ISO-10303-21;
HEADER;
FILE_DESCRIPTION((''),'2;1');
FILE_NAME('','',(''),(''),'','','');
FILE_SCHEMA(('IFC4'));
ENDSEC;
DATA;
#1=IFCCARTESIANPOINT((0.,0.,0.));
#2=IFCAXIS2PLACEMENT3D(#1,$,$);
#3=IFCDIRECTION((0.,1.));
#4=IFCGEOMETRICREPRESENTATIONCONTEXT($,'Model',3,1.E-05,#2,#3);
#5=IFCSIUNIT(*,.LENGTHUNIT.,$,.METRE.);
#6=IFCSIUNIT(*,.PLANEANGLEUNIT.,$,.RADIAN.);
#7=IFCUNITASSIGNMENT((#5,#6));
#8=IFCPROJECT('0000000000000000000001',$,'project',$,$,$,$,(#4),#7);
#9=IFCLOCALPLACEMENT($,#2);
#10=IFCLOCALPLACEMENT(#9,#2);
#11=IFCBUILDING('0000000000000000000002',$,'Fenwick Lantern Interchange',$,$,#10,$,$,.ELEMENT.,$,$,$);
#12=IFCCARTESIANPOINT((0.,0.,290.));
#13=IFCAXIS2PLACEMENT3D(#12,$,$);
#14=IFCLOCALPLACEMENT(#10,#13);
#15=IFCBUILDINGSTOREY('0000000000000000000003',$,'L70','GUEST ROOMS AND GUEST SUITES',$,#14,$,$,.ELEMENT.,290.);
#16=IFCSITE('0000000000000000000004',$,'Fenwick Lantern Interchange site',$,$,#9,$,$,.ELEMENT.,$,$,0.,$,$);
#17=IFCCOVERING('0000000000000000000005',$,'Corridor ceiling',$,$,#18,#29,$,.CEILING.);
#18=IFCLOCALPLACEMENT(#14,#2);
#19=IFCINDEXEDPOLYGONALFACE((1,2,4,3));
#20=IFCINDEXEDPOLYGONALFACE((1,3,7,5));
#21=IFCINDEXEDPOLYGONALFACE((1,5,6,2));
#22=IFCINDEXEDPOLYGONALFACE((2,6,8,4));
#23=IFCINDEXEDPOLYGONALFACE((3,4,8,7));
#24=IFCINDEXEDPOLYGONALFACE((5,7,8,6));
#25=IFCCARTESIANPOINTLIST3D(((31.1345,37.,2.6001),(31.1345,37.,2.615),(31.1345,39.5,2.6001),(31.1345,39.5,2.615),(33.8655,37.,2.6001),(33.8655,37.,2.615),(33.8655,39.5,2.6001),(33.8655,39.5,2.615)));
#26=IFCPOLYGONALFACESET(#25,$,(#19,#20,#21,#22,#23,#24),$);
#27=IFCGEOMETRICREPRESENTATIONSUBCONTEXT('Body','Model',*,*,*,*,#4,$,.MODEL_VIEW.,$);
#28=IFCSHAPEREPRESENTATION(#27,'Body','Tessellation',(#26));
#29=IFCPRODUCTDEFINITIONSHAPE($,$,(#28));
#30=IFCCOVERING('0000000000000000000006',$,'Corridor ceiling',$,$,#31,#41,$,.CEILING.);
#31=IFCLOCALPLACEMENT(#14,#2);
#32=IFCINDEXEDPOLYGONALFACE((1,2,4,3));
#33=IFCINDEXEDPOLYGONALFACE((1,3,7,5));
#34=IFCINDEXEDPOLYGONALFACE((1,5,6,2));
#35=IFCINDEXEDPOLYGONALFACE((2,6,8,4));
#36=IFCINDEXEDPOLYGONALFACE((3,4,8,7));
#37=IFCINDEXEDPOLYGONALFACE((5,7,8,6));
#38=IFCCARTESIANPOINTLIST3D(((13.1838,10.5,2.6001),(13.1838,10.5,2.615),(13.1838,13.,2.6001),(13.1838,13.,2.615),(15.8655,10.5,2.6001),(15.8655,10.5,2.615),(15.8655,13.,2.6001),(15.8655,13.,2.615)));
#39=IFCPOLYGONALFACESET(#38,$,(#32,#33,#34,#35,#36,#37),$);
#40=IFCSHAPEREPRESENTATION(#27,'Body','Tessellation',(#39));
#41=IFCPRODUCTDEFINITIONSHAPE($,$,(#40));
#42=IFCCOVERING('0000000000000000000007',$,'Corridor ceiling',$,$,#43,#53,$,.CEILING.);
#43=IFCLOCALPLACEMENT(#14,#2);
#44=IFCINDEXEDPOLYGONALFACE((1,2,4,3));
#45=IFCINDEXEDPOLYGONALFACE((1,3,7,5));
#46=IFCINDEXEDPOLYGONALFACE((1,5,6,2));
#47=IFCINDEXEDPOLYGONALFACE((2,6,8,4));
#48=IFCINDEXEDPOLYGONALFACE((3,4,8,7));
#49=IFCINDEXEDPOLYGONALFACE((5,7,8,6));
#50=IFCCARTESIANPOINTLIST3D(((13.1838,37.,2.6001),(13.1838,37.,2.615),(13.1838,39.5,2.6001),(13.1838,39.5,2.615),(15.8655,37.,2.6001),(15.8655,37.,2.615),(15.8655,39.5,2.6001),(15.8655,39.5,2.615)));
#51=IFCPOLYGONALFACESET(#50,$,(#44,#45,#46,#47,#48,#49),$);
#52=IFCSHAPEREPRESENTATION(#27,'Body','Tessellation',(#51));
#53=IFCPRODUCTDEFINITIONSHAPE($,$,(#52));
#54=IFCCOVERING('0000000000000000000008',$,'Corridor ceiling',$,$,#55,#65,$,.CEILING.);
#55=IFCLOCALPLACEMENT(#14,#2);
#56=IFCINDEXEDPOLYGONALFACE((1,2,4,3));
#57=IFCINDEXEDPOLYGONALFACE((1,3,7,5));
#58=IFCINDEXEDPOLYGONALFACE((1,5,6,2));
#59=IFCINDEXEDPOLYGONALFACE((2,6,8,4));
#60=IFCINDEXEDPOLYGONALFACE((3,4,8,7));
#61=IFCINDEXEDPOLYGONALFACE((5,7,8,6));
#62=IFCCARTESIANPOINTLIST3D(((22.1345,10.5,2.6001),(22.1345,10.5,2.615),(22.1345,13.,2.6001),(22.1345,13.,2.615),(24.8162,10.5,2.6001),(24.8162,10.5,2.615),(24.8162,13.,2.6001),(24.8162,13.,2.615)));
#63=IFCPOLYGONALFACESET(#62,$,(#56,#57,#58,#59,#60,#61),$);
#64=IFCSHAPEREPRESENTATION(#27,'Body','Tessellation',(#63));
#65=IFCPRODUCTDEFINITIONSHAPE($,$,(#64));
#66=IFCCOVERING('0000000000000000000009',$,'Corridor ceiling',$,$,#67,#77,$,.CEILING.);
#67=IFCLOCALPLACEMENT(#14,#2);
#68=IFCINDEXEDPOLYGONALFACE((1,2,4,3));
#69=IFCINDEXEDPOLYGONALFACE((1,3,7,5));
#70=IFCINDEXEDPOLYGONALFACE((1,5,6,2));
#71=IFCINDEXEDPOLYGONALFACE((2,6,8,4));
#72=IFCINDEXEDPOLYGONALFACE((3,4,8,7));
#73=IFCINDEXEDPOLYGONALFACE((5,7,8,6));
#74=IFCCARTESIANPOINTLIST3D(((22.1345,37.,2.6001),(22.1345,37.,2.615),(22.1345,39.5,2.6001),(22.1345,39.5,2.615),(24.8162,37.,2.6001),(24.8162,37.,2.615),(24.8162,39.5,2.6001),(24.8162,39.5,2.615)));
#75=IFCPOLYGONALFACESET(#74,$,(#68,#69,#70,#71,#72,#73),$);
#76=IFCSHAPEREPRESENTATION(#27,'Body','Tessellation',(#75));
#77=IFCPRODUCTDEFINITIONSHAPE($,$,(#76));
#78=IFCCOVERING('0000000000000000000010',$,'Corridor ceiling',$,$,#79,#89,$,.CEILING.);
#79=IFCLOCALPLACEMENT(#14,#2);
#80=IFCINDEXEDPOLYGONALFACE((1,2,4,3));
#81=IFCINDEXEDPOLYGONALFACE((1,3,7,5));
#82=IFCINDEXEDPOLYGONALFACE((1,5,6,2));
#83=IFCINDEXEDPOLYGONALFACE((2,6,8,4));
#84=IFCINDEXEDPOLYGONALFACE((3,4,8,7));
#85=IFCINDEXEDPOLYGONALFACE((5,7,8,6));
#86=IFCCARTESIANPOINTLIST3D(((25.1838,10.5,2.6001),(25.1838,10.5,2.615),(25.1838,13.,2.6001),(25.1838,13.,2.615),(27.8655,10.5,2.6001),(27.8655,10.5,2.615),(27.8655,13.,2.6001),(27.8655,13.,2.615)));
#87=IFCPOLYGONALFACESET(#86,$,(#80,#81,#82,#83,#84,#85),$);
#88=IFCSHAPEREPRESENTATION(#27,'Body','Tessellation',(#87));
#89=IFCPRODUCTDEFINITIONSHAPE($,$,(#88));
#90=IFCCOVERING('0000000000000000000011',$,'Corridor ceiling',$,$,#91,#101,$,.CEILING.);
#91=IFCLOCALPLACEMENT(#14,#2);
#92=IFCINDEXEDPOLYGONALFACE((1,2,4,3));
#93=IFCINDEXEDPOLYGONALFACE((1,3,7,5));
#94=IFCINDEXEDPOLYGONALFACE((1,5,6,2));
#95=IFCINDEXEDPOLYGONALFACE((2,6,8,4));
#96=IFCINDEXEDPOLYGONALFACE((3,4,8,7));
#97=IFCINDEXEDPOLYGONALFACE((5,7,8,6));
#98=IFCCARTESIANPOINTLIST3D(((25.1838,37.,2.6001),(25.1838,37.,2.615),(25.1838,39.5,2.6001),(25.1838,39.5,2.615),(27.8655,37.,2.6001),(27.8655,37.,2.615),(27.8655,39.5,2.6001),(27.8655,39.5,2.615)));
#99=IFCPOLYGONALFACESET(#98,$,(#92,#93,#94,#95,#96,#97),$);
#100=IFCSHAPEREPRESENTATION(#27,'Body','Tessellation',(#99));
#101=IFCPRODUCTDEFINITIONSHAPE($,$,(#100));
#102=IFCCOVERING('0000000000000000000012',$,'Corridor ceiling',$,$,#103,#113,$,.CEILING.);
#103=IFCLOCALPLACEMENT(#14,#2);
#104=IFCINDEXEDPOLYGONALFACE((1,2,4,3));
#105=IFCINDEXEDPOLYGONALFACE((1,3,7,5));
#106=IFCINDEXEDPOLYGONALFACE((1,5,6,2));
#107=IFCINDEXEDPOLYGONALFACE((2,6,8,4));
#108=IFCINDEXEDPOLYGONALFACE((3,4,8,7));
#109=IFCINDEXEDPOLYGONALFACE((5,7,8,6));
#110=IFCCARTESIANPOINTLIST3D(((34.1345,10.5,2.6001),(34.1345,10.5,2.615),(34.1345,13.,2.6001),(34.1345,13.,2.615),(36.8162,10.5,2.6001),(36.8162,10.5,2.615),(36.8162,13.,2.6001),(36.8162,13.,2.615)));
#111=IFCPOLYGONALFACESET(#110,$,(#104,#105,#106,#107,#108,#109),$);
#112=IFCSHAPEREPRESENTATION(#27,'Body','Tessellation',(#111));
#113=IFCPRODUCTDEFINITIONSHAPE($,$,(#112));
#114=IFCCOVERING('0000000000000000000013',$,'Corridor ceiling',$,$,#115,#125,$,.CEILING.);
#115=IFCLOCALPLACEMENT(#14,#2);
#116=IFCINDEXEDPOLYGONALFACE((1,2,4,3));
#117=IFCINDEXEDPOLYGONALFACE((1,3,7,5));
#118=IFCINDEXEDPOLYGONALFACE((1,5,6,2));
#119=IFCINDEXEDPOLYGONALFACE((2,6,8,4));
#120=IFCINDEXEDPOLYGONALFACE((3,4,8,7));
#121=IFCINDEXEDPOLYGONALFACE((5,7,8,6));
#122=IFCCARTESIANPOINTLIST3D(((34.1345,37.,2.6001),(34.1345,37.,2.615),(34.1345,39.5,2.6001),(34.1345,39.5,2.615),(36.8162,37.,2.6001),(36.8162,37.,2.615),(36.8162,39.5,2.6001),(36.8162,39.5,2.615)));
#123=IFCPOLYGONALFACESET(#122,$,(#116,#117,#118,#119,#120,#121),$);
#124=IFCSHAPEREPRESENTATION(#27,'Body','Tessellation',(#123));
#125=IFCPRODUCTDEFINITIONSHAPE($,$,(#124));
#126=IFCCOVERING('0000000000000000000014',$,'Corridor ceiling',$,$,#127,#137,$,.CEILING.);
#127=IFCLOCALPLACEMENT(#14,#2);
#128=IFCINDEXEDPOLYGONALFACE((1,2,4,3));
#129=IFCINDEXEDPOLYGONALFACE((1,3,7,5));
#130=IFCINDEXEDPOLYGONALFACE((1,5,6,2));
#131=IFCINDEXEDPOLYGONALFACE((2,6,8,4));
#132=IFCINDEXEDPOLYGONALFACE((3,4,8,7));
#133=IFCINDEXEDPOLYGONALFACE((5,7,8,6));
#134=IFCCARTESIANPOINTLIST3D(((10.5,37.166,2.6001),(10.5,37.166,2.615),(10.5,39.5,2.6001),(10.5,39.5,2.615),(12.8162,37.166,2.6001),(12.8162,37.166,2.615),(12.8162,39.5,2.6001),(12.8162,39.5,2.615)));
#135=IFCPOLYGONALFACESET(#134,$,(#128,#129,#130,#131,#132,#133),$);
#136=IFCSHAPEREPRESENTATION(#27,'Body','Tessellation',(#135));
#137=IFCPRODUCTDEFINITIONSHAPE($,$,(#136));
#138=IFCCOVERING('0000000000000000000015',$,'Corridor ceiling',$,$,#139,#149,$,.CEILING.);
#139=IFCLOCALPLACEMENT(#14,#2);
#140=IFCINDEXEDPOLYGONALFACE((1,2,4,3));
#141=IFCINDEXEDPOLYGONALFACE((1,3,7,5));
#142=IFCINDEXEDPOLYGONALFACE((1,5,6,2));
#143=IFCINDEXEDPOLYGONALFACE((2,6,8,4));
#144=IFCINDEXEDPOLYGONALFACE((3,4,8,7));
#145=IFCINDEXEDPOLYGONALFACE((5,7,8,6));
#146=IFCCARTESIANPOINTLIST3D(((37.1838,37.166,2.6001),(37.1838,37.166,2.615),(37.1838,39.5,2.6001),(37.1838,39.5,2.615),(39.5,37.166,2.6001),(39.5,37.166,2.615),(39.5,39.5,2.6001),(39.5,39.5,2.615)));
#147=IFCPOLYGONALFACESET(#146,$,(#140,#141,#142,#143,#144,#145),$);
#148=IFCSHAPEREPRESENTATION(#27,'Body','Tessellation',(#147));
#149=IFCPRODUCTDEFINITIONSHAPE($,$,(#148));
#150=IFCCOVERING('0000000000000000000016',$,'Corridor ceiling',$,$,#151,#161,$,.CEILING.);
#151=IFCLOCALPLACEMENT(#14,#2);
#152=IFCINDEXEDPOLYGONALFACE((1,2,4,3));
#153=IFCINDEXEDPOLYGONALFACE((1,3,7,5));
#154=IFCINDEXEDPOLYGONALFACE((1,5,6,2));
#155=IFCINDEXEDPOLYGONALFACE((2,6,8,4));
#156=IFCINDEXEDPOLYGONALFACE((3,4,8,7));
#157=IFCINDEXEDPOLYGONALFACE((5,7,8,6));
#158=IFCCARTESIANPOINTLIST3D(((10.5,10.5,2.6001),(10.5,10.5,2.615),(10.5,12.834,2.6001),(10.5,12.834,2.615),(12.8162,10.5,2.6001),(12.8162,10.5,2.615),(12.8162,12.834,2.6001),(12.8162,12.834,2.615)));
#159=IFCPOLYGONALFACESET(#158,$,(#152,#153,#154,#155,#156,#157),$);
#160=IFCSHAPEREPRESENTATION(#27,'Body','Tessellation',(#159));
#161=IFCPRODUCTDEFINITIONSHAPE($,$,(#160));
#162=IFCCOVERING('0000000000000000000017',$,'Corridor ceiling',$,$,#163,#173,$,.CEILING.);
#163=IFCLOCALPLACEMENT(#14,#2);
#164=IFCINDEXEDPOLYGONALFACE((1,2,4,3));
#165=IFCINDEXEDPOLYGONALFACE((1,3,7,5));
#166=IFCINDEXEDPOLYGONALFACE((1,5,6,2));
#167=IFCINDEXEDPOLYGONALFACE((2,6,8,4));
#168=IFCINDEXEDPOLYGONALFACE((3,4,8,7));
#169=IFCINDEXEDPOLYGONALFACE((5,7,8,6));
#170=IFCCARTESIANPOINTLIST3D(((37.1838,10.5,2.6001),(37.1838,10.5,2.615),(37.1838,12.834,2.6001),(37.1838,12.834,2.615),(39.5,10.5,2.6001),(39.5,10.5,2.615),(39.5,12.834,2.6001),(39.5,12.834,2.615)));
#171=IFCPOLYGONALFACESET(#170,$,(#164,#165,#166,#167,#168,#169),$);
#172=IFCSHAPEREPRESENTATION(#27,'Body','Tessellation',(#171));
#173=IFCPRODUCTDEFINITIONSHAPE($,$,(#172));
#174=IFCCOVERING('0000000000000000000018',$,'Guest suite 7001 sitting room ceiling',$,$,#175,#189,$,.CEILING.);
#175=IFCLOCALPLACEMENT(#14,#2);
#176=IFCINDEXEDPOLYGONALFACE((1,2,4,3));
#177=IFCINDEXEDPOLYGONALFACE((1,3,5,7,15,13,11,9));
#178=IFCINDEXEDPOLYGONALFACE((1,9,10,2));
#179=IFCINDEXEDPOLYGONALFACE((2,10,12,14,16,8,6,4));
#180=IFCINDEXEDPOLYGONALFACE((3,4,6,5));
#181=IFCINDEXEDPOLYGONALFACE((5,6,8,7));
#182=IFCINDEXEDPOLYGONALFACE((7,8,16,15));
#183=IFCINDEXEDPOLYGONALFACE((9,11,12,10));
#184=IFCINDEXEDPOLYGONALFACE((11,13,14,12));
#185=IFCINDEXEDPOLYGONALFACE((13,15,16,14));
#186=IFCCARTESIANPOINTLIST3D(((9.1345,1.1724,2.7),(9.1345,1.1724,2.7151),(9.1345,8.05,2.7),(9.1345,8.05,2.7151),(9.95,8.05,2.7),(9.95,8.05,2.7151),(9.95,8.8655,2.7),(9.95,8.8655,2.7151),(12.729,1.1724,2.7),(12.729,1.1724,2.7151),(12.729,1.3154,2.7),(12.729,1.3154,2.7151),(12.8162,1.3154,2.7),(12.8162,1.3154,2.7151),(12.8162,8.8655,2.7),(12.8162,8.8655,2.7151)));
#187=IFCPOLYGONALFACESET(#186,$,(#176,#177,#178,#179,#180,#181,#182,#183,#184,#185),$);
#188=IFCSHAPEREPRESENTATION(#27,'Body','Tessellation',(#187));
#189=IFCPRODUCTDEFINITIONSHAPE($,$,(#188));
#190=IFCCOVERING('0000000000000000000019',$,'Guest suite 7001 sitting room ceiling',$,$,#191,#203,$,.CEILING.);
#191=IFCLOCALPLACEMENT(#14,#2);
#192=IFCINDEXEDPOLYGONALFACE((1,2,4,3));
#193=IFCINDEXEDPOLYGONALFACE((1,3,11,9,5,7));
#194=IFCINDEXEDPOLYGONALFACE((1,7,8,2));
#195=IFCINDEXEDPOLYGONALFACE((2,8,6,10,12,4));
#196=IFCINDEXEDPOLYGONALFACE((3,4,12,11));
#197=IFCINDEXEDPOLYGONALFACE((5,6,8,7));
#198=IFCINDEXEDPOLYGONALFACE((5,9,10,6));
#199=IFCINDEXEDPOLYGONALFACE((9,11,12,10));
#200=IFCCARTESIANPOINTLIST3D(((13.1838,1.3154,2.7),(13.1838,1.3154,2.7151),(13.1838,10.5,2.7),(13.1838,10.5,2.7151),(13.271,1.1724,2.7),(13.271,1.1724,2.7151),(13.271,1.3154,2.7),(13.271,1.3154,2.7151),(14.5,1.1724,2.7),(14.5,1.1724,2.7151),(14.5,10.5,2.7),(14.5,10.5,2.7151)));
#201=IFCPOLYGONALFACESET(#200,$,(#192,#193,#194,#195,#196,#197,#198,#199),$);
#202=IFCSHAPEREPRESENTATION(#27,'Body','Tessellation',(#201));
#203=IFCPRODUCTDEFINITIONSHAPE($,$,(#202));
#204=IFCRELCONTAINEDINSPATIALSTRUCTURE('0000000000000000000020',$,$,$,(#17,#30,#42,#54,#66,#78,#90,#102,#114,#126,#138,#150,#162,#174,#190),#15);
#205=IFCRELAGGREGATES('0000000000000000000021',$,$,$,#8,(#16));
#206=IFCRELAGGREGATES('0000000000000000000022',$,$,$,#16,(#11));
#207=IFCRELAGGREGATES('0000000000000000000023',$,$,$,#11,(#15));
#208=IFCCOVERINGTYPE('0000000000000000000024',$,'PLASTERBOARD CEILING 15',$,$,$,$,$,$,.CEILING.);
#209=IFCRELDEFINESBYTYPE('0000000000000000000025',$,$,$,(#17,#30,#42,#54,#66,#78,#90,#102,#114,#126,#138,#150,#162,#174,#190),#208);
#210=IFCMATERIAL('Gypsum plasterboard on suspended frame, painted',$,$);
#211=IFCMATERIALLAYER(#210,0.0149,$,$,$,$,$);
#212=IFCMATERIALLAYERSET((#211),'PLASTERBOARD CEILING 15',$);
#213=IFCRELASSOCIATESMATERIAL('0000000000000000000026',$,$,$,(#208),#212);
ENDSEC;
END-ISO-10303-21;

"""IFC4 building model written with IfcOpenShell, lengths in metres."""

from ifc_helpers import new_model, si_unit, direction, frame, origin, place, context, subcontext, project, spatial, polyline, outline, extrude, material, layer, layer_set, type_object, element, save


model = new_model("IFC4")

# Units and contexts
model_context = context("Model", 3, precision=1e-05, world=origin(), true_north=direction((0.0, 1.0)))
body_context = subcontext(model_context, "Body", "Model", "MODEL_VIEW")
ifc_project = project(units=[si_unit("LENGTHUNIT", "METRE"), si_unit("PLANEANGLEUNIT", "RADIAN")], contexts=[model_context])

# Site, building, storey
site_placement = place(None, origin())
site = spatial("IfcSite", under=ifc_project, at=site_placement, Name="Fenwick Lantern Interchange site", CompositionType="ELEMENT", RefElevation=0.0)
building_placement = place(site_placement, origin())
building = spatial("IfcBuilding", under=site, at=building_placement, Name="Fenwick Lantern Interchange", CompositionType="ELEMENT")
storey_placement = place(building_placement, frame((0.0, 0.0, 290.0)))
storey = spatial("IfcBuildingStorey", under=building, at=storey_placement, Name="L70", Description="GUEST ROOMS AND GUEST SUITES", CompositionType="ELEMENT", Elevation=290.0)

# Coverings
ifc_material = material(Name="Gypsum plasterboard on suspended frame, painted")
ifc_layer = layer(ifc_material, 0.0149)
ifc_layer_set = layer_set([ifc_layer], Name="PLASTERBOARD CEILING 15")
covering_type = type_object("IfcCoveringType", Name="PLASTERBOARD CEILING 15", PredefinedType="CEILING", material=ifc_layer_set)
covering_1_placement = place(storey_placement, frame((0.0, 0.0, 2.6001)))
element("IfcCovering", 1, at=covering_1_placement, inside=storey, type_object=covering_type, Name="Corridor ceiling", PredefinedType="CEILING", context=body_context, shape_type="SweptSolid", body=[
    extrude(outline(polyline([(33.8655, 39.5), (31.1345, 39.5), (31.1345, 37.0), (33.8655, 37.0), (33.8655, 39.5)])), origin(), (0.0, 0.0, 1.0), 0.0149),
])
covering_2_placement = place(storey_placement, frame((0.0, 0.0, 2.6001)))
element("IfcCovering", 2, at=covering_2_placement, inside=storey, type_object=covering_type, Name="Corridor ceiling", PredefinedType="CEILING", context=body_context, shape_type="SweptSolid", body=[
    extrude(outline(polyline([(13.1838, 10.5), (15.8655, 10.5), (15.8655, 13.0), (13.1838, 13.0), (13.1838, 10.5)])), origin(), (0.0, 0.0, 1.0), 0.0149),
])
covering_3_placement = place(storey_placement, frame((0.0, 0.0, 2.6001)))
element("IfcCovering", 3, at=covering_3_placement, inside=storey, type_object=covering_type, Name="Corridor ceiling", PredefinedType="CEILING", context=body_context, shape_type="SweptSolid", body=[
    extrude(outline(polyline([(15.8655, 39.5), (13.1838, 39.5), (13.1838, 37.0), (15.8655, 37.0), (15.8655, 39.5)])), origin(), (0.0, 0.0, 1.0), 0.0149),
])
covering_4_placement = place(storey_placement, frame((0.0, 0.0, 2.6001)))
element("IfcCovering", 4, at=covering_4_placement, inside=storey, type_object=covering_type, Name="Corridor ceiling", PredefinedType="CEILING", context=body_context, shape_type="SweptSolid", body=[
    extrude(outline(polyline([(22.1345, 10.5), (24.8162, 10.5), (24.8162, 13.0), (22.1345, 13.0), (22.1345, 10.5)])), origin(), (0.0, 0.0, 1.0), 0.0149),
])
covering_5_placement = place(storey_placement, frame((0.0, 0.0, 2.6001)))
element("IfcCovering", 5, at=covering_5_placement, inside=storey, type_object=covering_type, Name="Corridor ceiling", PredefinedType="CEILING", context=body_context, shape_type="SweptSolid", body=[
    extrude(outline(polyline([(24.8162, 39.5), (22.1345, 39.5), (22.1345, 37.0), (24.8162, 37.0), (24.8162, 39.5)])), origin(), (0.0, 0.0, 1.0), 0.0149),
])
covering_6_placement = place(storey_placement, frame((0.0, 0.0, 2.6001)))
element("IfcCovering", 6, at=covering_6_placement, inside=storey, type_object=covering_type, Name="Corridor ceiling", PredefinedType="CEILING", context=body_context, shape_type="SweptSolid", body=[
    extrude(outline(polyline([(25.1838, 10.5), (27.8655, 10.5), (27.8655, 13.0), (25.1838, 13.0), (25.1838, 10.5)])), origin(), (0.0, 0.0, 1.0), 0.0149),
])
covering_7_placement = place(storey_placement, frame((0.0, 0.0, 2.6001)))
element("IfcCovering", 7, at=covering_7_placement, inside=storey, type_object=covering_type, Name="Corridor ceiling", PredefinedType="CEILING", context=body_context, shape_type="SweptSolid", body=[
    extrude(outline(polyline([(27.8655, 39.5), (25.1838, 39.5), (25.1838, 37.0), (27.8655, 37.0), (27.8655, 39.5)])), origin(), (0.0, 0.0, 1.0), 0.0149),
])
covering_8_placement = place(storey_placement, frame((0.0, 0.0, 2.6001)))
element("IfcCovering", 8, at=covering_8_placement, inside=storey, type_object=covering_type, Name="Corridor ceiling", PredefinedType="CEILING", context=body_context, shape_type="SweptSolid", body=[
    extrude(outline(polyline([(34.1345, 10.5), (36.8162, 10.5), (36.8162, 13.0), (34.1345, 13.0), (34.1345, 10.5)])), origin(), (0.0, 0.0, 1.0), 0.0149),
])
covering_9_placement = place(storey_placement, frame((0.0, 0.0, 2.6001)))
element("IfcCovering", 9, at=covering_9_placement, inside=storey, type_object=covering_type, Name="Corridor ceiling", PredefinedType="CEILING", context=body_context, shape_type="SweptSolid", body=[
    extrude(outline(polyline([(36.8162, 39.5), (34.1345, 39.5), (34.1345, 37.0), (36.8162, 37.0), (36.8162, 39.5)])), origin(), (0.0, 0.0, 1.0), 0.0149),
])
covering_10_placement = place(storey_placement, frame((0.0, 0.0, 2.6001)))
element("IfcCovering", 10, at=covering_10_placement, inside=storey, type_object=covering_type, Name="Corridor ceiling", PredefinedType="CEILING", context=body_context, shape_type="SweptSolid", body=[
    extrude(outline(polyline([(12.8162, 39.5), (10.5, 39.5), (10.5, 37.166), (12.8162, 37.166), (12.8162, 39.5)])), origin(), (0.0, 0.0, 1.0), 0.0149),
])
covering_11_placement = place(storey_placement, frame((0.0, 0.0, 2.6001)))
element("IfcCovering", 11, at=covering_11_placement, inside=storey, type_object=covering_type, Name="Corridor ceiling", PredefinedType="CEILING", context=body_context, shape_type="SweptSolid", body=[
    extrude(outline(polyline([(39.5, 39.5), (37.1838, 39.5), (37.1838, 37.166), (39.5, 37.166), (39.5, 39.5)])), origin(), (0.0, 0.0, 1.0), 0.0149),
])
covering_12_placement = place(storey_placement, frame((0.0, 0.0, 2.6001)))
element("IfcCovering", 12, at=covering_12_placement, inside=storey, type_object=covering_type, Name="Corridor ceiling", PredefinedType="CEILING", context=body_context, shape_type="SweptSolid", body=[
    extrude(outline(polyline([(10.5, 10.5), (12.8162, 10.5), (12.8162, 12.834), (10.5, 12.834), (10.5, 10.5)])), origin(), (0.0, 0.0, 1.0), 0.0149),
])
covering_13_placement = place(storey_placement, frame((0.0, 0.0, 2.6001)))
element("IfcCovering", 13, at=covering_13_placement, inside=storey, type_object=covering_type, Name="Corridor ceiling", PredefinedType="CEILING", context=body_context, shape_type="SweptSolid", body=[
    extrude(outline(polyline([(39.5, 10.5), (39.5, 12.834), (37.1838, 12.834), (37.1838, 10.5), (39.5, 10.5)])), origin(), (0.0, 0.0, 1.0), 0.0149),
])
covering_14_placement = place(storey_placement, frame((0.0, 0.0, 2.7)))
element("IfcCovering", 14, at=covering_14_placement, inside=storey, type_object=covering_type, Name="Guest suite 7001 sitting room ceiling", PredefinedType="CEILING", context=body_context, shape_type="SweptSolid", body=[
    extrude(outline(polyline([(9.95, 8.05), (9.1345, 8.05), (9.1345, 1.1724), (12.729, 1.1724), (12.729, 1.3154), (12.8162, 1.3154), (12.8162, 8.8655), (9.95, 8.8655), (9.95, 8.05)])), origin(), (0.0, 0.0, 1.0), 0.0151),
])
covering_15_placement = place(storey_placement, frame((0.0, 0.0, 2.7)))
element("IfcCovering", 15, at=covering_15_placement, inside=storey, type_object=covering_type, Name="Guest suite 7001 sitting room ceiling", PredefinedType="CEILING", context=body_context, shape_type="SweptSolid", body=[
    extrude(outline(polyline([(14.5, 10.5), (13.1838, 10.5), (13.1838, 1.3154), (13.271, 1.3154), (13.271, 1.1724), (14.5, 1.1724), (14.5, 10.5)])), origin(), (0.0, 0.0, 1.0), 0.0151),
])

save(model, "model.ifc")
